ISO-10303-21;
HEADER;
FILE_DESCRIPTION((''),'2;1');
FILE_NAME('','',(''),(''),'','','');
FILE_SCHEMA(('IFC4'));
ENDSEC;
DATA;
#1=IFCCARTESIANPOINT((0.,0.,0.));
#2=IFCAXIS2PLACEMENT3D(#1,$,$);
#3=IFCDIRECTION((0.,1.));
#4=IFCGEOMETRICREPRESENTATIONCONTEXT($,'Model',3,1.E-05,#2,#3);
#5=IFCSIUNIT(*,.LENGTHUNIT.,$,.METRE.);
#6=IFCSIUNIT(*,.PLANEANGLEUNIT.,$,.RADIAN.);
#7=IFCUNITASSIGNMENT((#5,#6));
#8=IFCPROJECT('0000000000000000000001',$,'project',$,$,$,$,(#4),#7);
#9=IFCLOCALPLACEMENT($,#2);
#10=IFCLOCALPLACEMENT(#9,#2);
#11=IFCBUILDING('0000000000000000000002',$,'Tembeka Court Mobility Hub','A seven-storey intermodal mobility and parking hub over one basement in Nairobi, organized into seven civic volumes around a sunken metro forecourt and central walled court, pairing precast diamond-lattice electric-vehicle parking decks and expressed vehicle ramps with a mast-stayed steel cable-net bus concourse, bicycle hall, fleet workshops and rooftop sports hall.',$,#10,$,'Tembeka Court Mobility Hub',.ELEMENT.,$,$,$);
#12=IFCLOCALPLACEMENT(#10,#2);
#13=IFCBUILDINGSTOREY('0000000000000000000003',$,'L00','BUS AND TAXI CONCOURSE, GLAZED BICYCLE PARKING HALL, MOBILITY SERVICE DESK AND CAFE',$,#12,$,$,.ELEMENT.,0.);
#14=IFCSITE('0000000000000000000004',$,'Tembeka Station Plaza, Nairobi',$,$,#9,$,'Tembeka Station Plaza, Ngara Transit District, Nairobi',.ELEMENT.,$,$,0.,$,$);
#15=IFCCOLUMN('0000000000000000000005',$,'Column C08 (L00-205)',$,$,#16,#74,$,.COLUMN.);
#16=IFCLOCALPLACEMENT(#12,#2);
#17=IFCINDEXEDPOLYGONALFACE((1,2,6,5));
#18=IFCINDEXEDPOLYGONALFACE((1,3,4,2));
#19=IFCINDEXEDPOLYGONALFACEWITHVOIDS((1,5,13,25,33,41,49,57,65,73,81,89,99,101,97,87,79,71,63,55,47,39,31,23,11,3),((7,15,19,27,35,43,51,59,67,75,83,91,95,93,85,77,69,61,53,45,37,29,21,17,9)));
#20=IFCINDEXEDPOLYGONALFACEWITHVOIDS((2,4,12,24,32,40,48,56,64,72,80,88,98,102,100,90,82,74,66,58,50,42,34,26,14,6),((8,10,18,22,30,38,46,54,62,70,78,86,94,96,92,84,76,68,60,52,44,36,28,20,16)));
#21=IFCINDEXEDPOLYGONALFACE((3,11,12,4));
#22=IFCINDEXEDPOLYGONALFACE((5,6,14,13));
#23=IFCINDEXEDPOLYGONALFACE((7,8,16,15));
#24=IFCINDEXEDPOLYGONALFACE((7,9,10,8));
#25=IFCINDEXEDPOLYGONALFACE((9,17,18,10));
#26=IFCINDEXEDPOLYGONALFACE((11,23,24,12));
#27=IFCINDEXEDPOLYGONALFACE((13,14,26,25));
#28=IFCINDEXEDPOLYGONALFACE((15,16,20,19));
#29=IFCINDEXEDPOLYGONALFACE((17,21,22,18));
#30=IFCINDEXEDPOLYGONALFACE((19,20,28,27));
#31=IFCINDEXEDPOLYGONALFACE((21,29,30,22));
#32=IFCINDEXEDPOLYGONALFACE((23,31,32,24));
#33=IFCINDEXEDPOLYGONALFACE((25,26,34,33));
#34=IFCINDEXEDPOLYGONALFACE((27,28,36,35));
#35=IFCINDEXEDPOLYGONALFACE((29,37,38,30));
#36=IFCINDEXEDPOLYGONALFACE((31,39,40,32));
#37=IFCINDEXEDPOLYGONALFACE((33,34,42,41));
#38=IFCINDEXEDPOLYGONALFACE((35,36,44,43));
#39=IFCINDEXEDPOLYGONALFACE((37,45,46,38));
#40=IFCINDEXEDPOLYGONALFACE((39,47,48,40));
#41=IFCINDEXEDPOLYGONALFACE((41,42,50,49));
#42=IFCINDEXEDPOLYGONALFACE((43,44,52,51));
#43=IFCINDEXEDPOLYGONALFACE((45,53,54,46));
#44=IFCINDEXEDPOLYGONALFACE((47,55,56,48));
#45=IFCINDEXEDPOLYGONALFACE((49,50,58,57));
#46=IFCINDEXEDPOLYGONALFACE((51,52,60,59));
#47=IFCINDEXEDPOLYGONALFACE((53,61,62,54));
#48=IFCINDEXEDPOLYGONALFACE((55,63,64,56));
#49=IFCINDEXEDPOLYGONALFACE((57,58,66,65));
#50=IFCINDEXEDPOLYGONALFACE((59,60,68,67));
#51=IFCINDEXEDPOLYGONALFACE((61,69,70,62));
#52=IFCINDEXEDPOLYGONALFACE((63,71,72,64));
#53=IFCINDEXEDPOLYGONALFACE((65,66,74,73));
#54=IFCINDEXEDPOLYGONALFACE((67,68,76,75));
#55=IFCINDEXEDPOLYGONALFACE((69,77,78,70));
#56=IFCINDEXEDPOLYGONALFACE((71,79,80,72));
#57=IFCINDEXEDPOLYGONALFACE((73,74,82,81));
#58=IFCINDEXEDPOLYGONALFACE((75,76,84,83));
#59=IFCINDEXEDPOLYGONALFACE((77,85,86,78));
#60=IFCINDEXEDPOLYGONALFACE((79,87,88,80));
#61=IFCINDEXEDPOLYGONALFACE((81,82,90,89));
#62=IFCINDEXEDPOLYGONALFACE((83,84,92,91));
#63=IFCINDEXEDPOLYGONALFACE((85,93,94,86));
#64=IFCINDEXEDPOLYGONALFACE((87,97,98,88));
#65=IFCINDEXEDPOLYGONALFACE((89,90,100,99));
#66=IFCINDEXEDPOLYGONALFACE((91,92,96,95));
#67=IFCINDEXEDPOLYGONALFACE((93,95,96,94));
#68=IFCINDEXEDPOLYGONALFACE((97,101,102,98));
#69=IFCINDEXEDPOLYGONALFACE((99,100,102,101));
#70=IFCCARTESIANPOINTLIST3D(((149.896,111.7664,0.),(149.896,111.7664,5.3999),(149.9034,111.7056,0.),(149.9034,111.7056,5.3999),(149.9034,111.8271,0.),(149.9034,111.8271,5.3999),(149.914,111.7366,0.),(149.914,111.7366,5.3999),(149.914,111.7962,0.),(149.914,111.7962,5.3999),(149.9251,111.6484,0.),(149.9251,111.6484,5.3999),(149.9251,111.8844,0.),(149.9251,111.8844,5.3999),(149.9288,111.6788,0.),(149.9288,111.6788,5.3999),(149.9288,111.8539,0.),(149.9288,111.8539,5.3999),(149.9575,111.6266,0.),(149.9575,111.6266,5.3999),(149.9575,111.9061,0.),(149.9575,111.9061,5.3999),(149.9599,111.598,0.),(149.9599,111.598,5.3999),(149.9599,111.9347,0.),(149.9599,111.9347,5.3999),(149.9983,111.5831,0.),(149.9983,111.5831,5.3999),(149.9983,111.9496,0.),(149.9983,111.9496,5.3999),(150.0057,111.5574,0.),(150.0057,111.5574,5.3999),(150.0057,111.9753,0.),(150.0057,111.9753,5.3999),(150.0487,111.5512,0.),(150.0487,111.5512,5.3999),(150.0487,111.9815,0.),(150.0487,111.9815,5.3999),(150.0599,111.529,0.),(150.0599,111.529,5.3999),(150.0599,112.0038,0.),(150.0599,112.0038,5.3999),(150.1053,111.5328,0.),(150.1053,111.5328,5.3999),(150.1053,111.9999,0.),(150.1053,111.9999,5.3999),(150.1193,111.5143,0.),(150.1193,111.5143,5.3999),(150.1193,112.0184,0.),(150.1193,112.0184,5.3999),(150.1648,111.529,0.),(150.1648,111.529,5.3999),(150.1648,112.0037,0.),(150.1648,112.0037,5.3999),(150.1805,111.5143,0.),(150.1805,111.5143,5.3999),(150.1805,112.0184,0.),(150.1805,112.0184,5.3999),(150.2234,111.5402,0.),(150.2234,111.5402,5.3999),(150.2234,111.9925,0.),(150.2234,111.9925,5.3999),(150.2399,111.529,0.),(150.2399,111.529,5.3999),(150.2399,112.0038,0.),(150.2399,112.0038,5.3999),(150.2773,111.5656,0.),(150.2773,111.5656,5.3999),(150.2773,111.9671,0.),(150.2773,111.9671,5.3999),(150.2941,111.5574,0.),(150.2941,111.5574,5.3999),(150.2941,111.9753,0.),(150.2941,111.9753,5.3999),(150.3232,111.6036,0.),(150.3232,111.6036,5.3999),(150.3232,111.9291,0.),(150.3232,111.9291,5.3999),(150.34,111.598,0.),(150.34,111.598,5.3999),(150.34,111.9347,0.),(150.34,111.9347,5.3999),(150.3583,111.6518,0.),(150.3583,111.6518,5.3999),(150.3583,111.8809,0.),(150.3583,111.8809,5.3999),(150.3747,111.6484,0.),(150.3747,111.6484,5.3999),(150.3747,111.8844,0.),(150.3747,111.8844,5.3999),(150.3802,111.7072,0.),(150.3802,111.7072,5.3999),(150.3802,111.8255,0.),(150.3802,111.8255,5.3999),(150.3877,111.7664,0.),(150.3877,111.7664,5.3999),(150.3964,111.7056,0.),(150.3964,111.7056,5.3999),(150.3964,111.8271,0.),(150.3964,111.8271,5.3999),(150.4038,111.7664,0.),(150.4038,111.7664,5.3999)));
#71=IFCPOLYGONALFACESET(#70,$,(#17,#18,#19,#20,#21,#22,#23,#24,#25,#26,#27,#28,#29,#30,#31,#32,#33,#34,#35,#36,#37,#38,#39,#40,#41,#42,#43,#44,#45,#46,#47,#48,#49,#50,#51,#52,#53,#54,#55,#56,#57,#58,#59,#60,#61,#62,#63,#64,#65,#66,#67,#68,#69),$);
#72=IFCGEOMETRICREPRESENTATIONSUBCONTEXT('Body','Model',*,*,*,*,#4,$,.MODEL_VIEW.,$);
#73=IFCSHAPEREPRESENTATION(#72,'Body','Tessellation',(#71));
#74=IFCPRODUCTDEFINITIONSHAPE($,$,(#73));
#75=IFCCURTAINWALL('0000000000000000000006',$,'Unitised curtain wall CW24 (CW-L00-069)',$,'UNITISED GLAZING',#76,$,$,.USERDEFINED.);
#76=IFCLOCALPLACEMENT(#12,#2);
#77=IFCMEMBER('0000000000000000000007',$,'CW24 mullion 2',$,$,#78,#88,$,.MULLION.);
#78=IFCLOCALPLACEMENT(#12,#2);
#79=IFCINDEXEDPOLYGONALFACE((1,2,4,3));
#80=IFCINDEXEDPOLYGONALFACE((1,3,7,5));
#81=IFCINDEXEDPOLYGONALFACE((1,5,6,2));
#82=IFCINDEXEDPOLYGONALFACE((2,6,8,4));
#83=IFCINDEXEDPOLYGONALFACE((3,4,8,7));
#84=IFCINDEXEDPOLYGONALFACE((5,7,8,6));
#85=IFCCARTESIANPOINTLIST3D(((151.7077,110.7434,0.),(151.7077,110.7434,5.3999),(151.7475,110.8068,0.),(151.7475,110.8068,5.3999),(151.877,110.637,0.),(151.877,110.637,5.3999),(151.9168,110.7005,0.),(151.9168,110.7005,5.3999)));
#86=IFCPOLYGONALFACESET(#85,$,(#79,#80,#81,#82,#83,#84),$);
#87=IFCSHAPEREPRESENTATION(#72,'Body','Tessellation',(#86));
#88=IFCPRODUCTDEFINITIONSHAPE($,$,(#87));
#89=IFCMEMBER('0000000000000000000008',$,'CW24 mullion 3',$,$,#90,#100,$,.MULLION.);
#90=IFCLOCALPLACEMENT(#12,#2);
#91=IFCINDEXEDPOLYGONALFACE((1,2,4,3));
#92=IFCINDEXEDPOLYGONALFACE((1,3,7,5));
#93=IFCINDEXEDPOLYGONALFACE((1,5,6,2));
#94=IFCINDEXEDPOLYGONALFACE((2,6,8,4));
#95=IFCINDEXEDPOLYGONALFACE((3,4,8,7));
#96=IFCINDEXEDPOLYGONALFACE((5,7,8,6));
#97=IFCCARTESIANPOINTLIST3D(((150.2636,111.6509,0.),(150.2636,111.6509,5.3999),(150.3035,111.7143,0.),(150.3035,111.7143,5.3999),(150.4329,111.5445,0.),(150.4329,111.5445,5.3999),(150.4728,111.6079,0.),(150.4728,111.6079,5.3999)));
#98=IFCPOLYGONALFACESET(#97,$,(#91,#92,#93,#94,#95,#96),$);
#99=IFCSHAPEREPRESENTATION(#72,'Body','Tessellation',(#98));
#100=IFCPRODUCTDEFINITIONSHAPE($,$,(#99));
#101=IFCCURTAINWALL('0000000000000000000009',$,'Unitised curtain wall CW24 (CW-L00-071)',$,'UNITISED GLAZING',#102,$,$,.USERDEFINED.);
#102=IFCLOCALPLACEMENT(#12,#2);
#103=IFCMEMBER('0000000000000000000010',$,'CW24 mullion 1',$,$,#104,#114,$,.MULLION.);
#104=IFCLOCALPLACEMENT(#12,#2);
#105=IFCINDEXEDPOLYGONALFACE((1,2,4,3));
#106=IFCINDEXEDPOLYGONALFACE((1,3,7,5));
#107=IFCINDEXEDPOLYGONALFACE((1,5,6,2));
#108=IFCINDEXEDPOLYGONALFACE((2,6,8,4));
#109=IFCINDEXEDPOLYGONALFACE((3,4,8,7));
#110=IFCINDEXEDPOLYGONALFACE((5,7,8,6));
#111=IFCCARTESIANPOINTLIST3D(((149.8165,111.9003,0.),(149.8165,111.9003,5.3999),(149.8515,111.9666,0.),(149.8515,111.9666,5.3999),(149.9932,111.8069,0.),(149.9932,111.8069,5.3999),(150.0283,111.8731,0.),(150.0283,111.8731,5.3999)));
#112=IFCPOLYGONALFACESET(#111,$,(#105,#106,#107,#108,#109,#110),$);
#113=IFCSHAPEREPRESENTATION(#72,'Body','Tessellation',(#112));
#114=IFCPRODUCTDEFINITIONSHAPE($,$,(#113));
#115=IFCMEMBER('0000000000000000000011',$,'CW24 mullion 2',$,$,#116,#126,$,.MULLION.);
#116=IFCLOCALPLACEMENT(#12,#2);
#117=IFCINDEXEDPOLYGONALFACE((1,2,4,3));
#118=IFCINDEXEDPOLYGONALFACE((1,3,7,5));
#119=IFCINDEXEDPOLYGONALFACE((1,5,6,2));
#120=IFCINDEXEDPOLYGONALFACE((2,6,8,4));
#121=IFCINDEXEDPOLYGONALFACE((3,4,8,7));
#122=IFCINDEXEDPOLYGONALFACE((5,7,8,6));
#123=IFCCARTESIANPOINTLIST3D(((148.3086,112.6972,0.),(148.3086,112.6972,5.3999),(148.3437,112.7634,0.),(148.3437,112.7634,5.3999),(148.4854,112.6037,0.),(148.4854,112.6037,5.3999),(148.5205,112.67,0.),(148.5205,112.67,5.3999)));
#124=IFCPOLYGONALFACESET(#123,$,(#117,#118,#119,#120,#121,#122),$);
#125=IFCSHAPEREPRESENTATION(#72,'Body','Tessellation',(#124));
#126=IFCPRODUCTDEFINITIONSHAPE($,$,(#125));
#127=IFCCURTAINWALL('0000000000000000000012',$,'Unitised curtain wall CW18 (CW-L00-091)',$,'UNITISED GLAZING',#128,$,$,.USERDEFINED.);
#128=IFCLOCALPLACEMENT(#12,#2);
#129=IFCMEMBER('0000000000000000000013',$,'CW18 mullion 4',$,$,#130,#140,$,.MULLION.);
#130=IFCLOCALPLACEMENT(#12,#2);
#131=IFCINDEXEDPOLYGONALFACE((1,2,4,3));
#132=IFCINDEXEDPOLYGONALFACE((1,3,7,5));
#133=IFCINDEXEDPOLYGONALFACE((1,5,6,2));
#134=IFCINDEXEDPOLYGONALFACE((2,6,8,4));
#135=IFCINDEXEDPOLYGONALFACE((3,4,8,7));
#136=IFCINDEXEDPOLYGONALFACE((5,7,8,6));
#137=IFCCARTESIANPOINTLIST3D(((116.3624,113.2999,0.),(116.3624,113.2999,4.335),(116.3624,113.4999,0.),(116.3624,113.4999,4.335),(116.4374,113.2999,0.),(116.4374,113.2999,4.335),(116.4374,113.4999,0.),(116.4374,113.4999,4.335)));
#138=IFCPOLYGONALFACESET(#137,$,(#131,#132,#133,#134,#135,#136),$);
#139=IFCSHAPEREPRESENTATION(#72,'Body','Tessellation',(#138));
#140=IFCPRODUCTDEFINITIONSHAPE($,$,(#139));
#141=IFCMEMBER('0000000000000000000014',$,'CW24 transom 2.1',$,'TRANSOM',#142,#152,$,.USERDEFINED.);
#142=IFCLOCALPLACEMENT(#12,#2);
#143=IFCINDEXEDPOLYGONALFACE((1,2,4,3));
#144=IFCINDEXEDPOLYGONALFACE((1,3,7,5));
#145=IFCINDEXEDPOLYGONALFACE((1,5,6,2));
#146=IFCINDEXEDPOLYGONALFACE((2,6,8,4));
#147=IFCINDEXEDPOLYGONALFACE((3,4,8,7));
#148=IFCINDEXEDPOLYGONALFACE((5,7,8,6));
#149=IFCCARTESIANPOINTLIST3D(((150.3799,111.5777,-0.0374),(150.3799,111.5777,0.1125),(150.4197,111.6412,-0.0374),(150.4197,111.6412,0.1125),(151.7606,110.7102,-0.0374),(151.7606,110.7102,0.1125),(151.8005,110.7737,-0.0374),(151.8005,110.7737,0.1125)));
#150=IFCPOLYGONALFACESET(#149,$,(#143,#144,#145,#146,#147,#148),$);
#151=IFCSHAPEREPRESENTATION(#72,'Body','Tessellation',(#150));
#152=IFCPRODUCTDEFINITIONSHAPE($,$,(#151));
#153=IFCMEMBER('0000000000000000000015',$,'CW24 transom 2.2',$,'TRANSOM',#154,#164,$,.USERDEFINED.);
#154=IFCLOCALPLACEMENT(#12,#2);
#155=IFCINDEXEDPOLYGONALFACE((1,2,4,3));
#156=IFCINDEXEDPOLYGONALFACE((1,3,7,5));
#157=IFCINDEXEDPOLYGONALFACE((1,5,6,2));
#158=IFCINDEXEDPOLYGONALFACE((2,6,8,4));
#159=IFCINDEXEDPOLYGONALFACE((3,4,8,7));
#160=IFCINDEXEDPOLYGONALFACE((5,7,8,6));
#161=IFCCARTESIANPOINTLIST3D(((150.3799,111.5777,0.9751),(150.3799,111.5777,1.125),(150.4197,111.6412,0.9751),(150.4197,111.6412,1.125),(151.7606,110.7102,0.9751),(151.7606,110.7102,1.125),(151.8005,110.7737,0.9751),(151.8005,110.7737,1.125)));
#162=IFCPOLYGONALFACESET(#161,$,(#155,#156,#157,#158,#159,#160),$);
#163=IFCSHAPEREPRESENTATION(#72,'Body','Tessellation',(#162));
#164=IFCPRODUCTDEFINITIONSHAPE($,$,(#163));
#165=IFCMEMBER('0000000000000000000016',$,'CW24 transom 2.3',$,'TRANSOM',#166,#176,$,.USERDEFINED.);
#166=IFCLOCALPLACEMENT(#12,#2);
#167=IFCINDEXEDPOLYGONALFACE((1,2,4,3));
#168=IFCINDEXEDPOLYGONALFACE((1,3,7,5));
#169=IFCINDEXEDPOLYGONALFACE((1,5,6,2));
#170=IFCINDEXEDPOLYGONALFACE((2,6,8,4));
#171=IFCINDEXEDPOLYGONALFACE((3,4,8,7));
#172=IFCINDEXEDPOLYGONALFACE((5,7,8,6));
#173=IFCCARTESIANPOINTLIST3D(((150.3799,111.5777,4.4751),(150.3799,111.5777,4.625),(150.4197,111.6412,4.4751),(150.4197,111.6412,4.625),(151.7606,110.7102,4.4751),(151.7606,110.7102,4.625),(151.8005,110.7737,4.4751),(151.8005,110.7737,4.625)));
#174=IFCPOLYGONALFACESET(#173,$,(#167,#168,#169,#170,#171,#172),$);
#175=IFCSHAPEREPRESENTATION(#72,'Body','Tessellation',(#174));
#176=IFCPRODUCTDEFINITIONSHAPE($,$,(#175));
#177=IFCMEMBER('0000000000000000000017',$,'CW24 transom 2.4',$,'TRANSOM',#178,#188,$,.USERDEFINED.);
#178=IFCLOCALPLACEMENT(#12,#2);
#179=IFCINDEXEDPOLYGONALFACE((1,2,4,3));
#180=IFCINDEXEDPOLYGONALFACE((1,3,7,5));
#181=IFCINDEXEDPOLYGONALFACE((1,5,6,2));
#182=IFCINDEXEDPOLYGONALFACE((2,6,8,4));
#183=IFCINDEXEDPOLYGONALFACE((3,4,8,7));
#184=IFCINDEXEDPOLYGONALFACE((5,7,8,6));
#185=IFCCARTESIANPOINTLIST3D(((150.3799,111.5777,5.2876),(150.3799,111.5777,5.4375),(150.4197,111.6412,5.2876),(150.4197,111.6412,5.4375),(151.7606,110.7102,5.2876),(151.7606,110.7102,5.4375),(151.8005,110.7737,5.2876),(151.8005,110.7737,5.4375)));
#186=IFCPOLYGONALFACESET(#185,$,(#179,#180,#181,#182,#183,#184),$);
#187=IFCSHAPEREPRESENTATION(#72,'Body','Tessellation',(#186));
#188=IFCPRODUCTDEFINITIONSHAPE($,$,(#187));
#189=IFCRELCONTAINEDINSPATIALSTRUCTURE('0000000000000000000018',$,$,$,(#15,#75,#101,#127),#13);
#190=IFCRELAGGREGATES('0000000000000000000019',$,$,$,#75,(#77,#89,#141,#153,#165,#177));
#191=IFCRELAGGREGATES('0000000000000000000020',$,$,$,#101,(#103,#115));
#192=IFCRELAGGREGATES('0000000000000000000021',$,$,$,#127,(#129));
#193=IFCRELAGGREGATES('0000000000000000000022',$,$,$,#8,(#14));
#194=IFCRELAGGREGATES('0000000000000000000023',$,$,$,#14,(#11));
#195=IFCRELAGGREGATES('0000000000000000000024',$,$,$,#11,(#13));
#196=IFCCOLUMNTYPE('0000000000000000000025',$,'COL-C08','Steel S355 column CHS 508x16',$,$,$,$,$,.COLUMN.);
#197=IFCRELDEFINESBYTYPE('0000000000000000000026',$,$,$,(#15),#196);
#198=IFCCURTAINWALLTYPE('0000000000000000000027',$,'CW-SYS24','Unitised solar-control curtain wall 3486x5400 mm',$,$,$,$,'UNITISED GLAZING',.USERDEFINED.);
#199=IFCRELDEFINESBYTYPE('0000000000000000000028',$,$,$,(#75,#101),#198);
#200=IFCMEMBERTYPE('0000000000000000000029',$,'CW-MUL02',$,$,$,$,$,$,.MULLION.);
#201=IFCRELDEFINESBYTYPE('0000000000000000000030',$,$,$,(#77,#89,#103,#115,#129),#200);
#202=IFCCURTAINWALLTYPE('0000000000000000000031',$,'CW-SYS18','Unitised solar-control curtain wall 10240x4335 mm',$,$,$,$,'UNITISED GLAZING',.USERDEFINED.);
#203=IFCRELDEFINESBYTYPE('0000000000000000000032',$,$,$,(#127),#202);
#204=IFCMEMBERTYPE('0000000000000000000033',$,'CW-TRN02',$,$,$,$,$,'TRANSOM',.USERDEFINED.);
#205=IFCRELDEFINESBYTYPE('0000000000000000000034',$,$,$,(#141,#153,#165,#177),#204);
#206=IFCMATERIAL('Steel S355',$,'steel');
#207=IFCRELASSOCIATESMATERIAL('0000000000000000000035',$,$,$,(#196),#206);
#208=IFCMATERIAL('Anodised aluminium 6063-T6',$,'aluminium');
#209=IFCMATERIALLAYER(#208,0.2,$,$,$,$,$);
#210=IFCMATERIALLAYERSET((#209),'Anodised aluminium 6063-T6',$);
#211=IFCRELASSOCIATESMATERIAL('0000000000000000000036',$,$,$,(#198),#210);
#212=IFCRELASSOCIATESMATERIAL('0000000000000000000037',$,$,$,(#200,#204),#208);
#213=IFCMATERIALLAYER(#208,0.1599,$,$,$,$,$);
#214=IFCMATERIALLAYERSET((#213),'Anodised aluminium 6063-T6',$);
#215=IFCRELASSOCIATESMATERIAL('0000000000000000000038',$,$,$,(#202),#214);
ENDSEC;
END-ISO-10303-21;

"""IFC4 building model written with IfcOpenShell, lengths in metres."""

from ifc_helpers import new_model, si_unit, direction, frame, origin, origin_2d, place, context, subcontext, project, spatial, rectangle, hollow_circle, extrude, material, layer, layer_set, material_profile, profile_set, type_object, element, aggregate, save


model = new_model("IFC4")

# Units and contexts
model_context = context("Model", 3, precision=1e-05, world=origin(), true_north=direction((0.0, 1.0)))
body_context = subcontext(model_context, "Body", "Model", "MODEL_VIEW")
ifc_project = project(units=[si_unit("LENGTHUNIT", "METRE"), si_unit("PLANEANGLEUNIT", "RADIAN")], contexts=[model_context])

# Site, building, storey
site_placement = place(None, origin())
site = spatial("IfcSite", under=ifc_project, at=site_placement, Name="Tembeka Station Plaza, Nairobi", LongName="Tembeka Station Plaza, Ngara Transit District, Nairobi", CompositionType="ELEMENT", RefElevation=0.0)
building_placement = place(site_placement, origin())
building = spatial("IfcBuilding", under=site, at=building_placement, Name="Tembeka Court Mobility Hub", Description="A seven-storey intermodal mobility and parking hub over one basement in Nairobi, organized into seven civic volumes around a sunken metro forecourt and central walled court, pairing precast diamond-lattice electric-vehicle parking decks and expressed vehicle ramps with a mast-stayed steel cable-net bus concourse, bicycle hall, fleet workshops and rooftop sports hall.", LongName="Tembeka Court Mobility Hub", CompositionType="ELEMENT")
storey_placement = place(building_placement, origin())
storey = spatial("IfcBuildingStorey", under=building, at=storey_placement, Name="L00", Description="BUS AND TAXI CONCOURSE, GLAZED BICYCLE PARKING HALL, MOBILITY SERVICE DESK AND CAFE", CompositionType="ELEMENT", Elevation=0.0)

# Column
ifc_material_1 = material(Name="Steel S355", Category="steel")
ifc_material_profile_1 = material_profile(ifc_material_1, hollow_circle(Radius=0.2539, WallThickness=0.0161, at=origin_2d()), Name="CHS 508x16")
ifc_profile_set_1 = profile_set([ifc_material_profile_1], Name="Steel S355")
column_type = type_object("IfcColumnType", Name="COL-C08", Description="Steel S355 column CHS 508x16", PredefinedType="COLUMN", material=ifc_profile_set_1)
column_placement = place(storey_placement, frame((150.1499, 111.7664, 0.0), z_axis=(0.0, 0.0, 1.0), x_axis=(1.0, 0.0, 0.0)))
element("IfcColumn", 1, at=column_placement, inside=storey, type_object=column_type, Name="Column C08 (L00-205)", PredefinedType="COLUMN", context=body_context, shape_type="SweptSolid", body=[
    extrude(hollow_circle(Radius=0.2539, WallThickness=0.0161, at=origin_2d()), origin(), (0.0, 0.0, 1.0), 5.3999),
])

# Curtain walls, members
ifc_material_2 = material(Name="Anodised aluminium 6063-T6", Category="aluminium")
ifc_layer_1 = layer(ifc_material_2, 0.2)
ifc_layer_set_1 = layer_set([ifc_layer_1], Name="Anodised aluminium 6063-T6")
curtain_wall_type_1 = type_object("IfcCurtainWallType", Name="CW-SYS24", Description="Unitised solar-control curtain wall 3486x5400 mm", ElementType="UNITISED GLAZING", PredefinedType="USERDEFINED", material=ifc_layer_set_1)
curtain_wall_1_placement = place(storey_placement, origin())
curtain_wall_1 = element("IfcCurtainWall", 2, at=curtain_wall_1_placement, inside=storey, type_object=curtain_wall_type_1, Name="Unitised curtain wall CW24 (CW-L00-069)", ObjectType="UNITISED GLAZING", PredefinedType="USERDEFINED")
ifc_material_profile_2 = material_profile(ifc_material_2, rectangle(XDim=0.075, YDim=0.2, at=origin_2d()), Name="ALU-MUL 75x200")
ifc_profile_set_2 = profile_set([ifc_material_profile_2], Name="Anodised aluminium 6063-T6")
member_type_1 = type_object("IfcMemberType", Name="CW-MUL02", PredefinedType="MULLION", material=ifc_profile_set_2)
member_1_placement = place(storey_placement, frame((151.8123, 110.7219, 0.0), z_axis=(0.0, 0.0, 1.0), x_axis=(-0.532058, -0.846708, 0.0)))
member_1 = element("IfcMember", 3, at=member_1_placement, type_object=member_type_1, Name="CW24 mullion 2", PredefinedType="MULLION", context=body_context, shape_type="SweptSolid", body=[
    extrude(rectangle(XDim=0.075, YDim=0.2, at=origin_2d()), origin(), (0.0, 0.0, 1.0), 5.3999),
])
member_2_placement = place(storey_placement, frame((150.3682, 111.6294, 0.0), z_axis=(0.0, 0.0, 1.0), x_axis=(-0.532058, -0.846708, 0.0)))
member_2 = element("IfcMember", 4, at=member_2_placement, type_object=member_type_1, Name="CW24 mullion 3", PredefinedType="MULLION", context=body_context, shape_type="SweptSolid", body=[
    extrude(rectangle(XDim=0.075, YDim=0.2, at=origin_2d()), origin(), (0.0, 0.0, 1.0), 5.3999),
])
curtain_wall_2_placement = place(storey_placement, origin())
curtain_wall_2 = element("IfcCurtainWall", 5, at=curtain_wall_2_placement, inside=storey, type_object=curtain_wall_type_1, Name="Unitised curtain wall CW24 (CW-L00-071)", ObjectType="UNITISED GLAZING", PredefinedType="USERDEFINED")
member_3_placement = place(storey_placement, frame((149.9224, 111.8867, 0.0), z_axis=(0.0, 0.0, 1.0), x_axis=(-0.467283, -0.884108, 0.0)))
member_3 = element("IfcMember", 6, at=member_3_placement, type_object=member_type_1, Name="CW24 mullion 1", PredefinedType="MULLION", context=body_context, shape_type="SweptSolid", body=[
    extrude(rectangle(XDim=0.075, YDim=0.2, at=origin_2d()), origin(), (0.0, 0.0, 1.0), 5.3999),
])
member_4_placement = place(storey_placement, frame((148.4146, 112.6836, 0.0), z_axis=(0.0, 0.0, 1.0), x_axis=(-0.467283, -0.884108, 0.0)))
member_4 = element("IfcMember", 7, at=member_4_placement, type_object=member_type_1, Name="CW24 mullion 2", PredefinedType="MULLION", context=body_context, shape_type="SweptSolid", body=[
    extrude(rectangle(XDim=0.075, YDim=0.2, at=origin_2d()), origin(), (0.0, 0.0, 1.0), 5.3999),
])

# Curtain wall, member
ifc_layer_2 = layer(ifc_material_2, 0.1599)
ifc_layer_set_2 = layer_set([ifc_layer_2], Name="Anodised aluminium 6063-T6")
curtain_wall_type_2 = type_object("IfcCurtainWallType", Name="CW-SYS18", Description="Unitised solar-control curtain wall 10240x4335 mm", ElementType="UNITISED GLAZING", PredefinedType="USERDEFINED", material=ifc_layer_set_2)
curtain_wall_3_placement = place(storey_placement, origin())
curtain_wall_3 = element("IfcCurtainWall", 8, at=curtain_wall_3_placement, inside=storey, type_object=curtain_wall_type_2, Name="Unitised curtain wall CW18 (CW-L00-091)", ObjectType="UNITISED GLAZING", PredefinedType="USERDEFINED")
member_5_placement = place(storey_placement, frame((116.3999, 113.3999, 0.0), z_axis=(0.0, 0.0, 1.0), x_axis=(-1.0, 0.0, 0.0)))
member_5 = element("IfcMember", 9, at=member_5_placement, type_object=member_type_1, Name="CW18 mullion 4", PredefinedType="MULLION", context=body_context, shape_type="SweptSolid", body=[
    extrude(rectangle(XDim=0.075, YDim=0.2, at=origin_2d()), origin(), (0.0, 0.0, 1.0), 4.335),
])

# Members
ifc_material_profile_3 = material_profile(ifc_material_2, rectangle(XDim=0.075, YDim=0.1499, at=origin_2d()), Name="ALU-TRN 75x150")
ifc_profile_set_3 = profile_set([ifc_material_profile_3], Name="Anodised aluminium 6063-T6")
member_type_2 = type_object("IfcMemberType", Name="CW-TRN02", ElementType="TRANSOM", PredefinedType="USERDEFINED", material=ifc_profile_set_3)
member_6_placement = place(storey_placement, frame((151.7805, 110.7419, 0.0376), z_axis=(-0.846743, 0.532003, 0.0), x_axis=(-0.532003, -0.846743, 0.0)))
member_6 = element("IfcMember", 10, at=member_6_placement, type_object=member_type_2, Name="CW24 transom 2.1", ObjectType="TRANSOM", PredefinedType="USERDEFINED", context=body_context, shape_type="SweptSolid", body=[
    extrude(rectangle(XDim=0.075, YDim=0.1499, at=origin_2d()), origin(), (0.0, 0.0, 1.0), 1.6306),
])
member_7_placement = place(storey_placement, frame((151.7805, 110.7419, 1.05), z_axis=(-0.846743, 0.532003, 0.0), x_axis=(-0.532003, -0.846743, 0.0)))
member_7 = element("IfcMember", 11, at=member_7_placement, type_object=member_type_2, Name="CW24 transom 2.2", ObjectType="TRANSOM", PredefinedType="USERDEFINED", context=body_context, shape_type="SweptSolid", body=[
    extrude(rectangle(XDim=0.075, YDim=0.1499, at=origin_2d()), origin(), (0.0, 0.0, 1.0), 1.6306),
])
member_8_placement = place(storey_placement, frame((151.7805, 110.7419, 4.55), z_axis=(-0.846743, 0.532003, 0.0), x_axis=(-0.532003, -0.846743, 0.0)))
member_8 = element("IfcMember", 12, at=member_8_placement, type_object=member_type_2, Name="CW24 transom 2.3", ObjectType="TRANSOM", PredefinedType="USERDEFINED", context=body_context, shape_type="SweptSolid", body=[
    extrude(rectangle(XDim=0.075, YDim=0.1499, at=origin_2d()), origin(), (0.0, 0.0, 1.0), 1.6306),
])
member_9_placement = place(storey_placement, frame((151.7805, 110.7419, 5.3625), z_axis=(-0.846743, 0.532003, 0.0), x_axis=(-0.532003, -0.846743, 0.0)))
member_9 = element("IfcMember", 13, at=member_9_placement, type_object=member_type_2, Name="CW24 transom 2.4", ObjectType="TRANSOM", PredefinedType="USERDEFINED", context=body_context, shape_type="SweptSolid", body=[
    extrude(rectangle(XDim=0.075, YDim=0.1499, at=origin_2d()), origin(), (0.0, 0.0, 1.0), 1.6306),
])

aggregate(curtain_wall_1, [member_1, member_2, member_6, member_7, member_8, member_9])
aggregate(curtain_wall_2, [member_3, member_4])
aggregate(curtain_wall_3, [member_5])

save(model, "model.ifc")
